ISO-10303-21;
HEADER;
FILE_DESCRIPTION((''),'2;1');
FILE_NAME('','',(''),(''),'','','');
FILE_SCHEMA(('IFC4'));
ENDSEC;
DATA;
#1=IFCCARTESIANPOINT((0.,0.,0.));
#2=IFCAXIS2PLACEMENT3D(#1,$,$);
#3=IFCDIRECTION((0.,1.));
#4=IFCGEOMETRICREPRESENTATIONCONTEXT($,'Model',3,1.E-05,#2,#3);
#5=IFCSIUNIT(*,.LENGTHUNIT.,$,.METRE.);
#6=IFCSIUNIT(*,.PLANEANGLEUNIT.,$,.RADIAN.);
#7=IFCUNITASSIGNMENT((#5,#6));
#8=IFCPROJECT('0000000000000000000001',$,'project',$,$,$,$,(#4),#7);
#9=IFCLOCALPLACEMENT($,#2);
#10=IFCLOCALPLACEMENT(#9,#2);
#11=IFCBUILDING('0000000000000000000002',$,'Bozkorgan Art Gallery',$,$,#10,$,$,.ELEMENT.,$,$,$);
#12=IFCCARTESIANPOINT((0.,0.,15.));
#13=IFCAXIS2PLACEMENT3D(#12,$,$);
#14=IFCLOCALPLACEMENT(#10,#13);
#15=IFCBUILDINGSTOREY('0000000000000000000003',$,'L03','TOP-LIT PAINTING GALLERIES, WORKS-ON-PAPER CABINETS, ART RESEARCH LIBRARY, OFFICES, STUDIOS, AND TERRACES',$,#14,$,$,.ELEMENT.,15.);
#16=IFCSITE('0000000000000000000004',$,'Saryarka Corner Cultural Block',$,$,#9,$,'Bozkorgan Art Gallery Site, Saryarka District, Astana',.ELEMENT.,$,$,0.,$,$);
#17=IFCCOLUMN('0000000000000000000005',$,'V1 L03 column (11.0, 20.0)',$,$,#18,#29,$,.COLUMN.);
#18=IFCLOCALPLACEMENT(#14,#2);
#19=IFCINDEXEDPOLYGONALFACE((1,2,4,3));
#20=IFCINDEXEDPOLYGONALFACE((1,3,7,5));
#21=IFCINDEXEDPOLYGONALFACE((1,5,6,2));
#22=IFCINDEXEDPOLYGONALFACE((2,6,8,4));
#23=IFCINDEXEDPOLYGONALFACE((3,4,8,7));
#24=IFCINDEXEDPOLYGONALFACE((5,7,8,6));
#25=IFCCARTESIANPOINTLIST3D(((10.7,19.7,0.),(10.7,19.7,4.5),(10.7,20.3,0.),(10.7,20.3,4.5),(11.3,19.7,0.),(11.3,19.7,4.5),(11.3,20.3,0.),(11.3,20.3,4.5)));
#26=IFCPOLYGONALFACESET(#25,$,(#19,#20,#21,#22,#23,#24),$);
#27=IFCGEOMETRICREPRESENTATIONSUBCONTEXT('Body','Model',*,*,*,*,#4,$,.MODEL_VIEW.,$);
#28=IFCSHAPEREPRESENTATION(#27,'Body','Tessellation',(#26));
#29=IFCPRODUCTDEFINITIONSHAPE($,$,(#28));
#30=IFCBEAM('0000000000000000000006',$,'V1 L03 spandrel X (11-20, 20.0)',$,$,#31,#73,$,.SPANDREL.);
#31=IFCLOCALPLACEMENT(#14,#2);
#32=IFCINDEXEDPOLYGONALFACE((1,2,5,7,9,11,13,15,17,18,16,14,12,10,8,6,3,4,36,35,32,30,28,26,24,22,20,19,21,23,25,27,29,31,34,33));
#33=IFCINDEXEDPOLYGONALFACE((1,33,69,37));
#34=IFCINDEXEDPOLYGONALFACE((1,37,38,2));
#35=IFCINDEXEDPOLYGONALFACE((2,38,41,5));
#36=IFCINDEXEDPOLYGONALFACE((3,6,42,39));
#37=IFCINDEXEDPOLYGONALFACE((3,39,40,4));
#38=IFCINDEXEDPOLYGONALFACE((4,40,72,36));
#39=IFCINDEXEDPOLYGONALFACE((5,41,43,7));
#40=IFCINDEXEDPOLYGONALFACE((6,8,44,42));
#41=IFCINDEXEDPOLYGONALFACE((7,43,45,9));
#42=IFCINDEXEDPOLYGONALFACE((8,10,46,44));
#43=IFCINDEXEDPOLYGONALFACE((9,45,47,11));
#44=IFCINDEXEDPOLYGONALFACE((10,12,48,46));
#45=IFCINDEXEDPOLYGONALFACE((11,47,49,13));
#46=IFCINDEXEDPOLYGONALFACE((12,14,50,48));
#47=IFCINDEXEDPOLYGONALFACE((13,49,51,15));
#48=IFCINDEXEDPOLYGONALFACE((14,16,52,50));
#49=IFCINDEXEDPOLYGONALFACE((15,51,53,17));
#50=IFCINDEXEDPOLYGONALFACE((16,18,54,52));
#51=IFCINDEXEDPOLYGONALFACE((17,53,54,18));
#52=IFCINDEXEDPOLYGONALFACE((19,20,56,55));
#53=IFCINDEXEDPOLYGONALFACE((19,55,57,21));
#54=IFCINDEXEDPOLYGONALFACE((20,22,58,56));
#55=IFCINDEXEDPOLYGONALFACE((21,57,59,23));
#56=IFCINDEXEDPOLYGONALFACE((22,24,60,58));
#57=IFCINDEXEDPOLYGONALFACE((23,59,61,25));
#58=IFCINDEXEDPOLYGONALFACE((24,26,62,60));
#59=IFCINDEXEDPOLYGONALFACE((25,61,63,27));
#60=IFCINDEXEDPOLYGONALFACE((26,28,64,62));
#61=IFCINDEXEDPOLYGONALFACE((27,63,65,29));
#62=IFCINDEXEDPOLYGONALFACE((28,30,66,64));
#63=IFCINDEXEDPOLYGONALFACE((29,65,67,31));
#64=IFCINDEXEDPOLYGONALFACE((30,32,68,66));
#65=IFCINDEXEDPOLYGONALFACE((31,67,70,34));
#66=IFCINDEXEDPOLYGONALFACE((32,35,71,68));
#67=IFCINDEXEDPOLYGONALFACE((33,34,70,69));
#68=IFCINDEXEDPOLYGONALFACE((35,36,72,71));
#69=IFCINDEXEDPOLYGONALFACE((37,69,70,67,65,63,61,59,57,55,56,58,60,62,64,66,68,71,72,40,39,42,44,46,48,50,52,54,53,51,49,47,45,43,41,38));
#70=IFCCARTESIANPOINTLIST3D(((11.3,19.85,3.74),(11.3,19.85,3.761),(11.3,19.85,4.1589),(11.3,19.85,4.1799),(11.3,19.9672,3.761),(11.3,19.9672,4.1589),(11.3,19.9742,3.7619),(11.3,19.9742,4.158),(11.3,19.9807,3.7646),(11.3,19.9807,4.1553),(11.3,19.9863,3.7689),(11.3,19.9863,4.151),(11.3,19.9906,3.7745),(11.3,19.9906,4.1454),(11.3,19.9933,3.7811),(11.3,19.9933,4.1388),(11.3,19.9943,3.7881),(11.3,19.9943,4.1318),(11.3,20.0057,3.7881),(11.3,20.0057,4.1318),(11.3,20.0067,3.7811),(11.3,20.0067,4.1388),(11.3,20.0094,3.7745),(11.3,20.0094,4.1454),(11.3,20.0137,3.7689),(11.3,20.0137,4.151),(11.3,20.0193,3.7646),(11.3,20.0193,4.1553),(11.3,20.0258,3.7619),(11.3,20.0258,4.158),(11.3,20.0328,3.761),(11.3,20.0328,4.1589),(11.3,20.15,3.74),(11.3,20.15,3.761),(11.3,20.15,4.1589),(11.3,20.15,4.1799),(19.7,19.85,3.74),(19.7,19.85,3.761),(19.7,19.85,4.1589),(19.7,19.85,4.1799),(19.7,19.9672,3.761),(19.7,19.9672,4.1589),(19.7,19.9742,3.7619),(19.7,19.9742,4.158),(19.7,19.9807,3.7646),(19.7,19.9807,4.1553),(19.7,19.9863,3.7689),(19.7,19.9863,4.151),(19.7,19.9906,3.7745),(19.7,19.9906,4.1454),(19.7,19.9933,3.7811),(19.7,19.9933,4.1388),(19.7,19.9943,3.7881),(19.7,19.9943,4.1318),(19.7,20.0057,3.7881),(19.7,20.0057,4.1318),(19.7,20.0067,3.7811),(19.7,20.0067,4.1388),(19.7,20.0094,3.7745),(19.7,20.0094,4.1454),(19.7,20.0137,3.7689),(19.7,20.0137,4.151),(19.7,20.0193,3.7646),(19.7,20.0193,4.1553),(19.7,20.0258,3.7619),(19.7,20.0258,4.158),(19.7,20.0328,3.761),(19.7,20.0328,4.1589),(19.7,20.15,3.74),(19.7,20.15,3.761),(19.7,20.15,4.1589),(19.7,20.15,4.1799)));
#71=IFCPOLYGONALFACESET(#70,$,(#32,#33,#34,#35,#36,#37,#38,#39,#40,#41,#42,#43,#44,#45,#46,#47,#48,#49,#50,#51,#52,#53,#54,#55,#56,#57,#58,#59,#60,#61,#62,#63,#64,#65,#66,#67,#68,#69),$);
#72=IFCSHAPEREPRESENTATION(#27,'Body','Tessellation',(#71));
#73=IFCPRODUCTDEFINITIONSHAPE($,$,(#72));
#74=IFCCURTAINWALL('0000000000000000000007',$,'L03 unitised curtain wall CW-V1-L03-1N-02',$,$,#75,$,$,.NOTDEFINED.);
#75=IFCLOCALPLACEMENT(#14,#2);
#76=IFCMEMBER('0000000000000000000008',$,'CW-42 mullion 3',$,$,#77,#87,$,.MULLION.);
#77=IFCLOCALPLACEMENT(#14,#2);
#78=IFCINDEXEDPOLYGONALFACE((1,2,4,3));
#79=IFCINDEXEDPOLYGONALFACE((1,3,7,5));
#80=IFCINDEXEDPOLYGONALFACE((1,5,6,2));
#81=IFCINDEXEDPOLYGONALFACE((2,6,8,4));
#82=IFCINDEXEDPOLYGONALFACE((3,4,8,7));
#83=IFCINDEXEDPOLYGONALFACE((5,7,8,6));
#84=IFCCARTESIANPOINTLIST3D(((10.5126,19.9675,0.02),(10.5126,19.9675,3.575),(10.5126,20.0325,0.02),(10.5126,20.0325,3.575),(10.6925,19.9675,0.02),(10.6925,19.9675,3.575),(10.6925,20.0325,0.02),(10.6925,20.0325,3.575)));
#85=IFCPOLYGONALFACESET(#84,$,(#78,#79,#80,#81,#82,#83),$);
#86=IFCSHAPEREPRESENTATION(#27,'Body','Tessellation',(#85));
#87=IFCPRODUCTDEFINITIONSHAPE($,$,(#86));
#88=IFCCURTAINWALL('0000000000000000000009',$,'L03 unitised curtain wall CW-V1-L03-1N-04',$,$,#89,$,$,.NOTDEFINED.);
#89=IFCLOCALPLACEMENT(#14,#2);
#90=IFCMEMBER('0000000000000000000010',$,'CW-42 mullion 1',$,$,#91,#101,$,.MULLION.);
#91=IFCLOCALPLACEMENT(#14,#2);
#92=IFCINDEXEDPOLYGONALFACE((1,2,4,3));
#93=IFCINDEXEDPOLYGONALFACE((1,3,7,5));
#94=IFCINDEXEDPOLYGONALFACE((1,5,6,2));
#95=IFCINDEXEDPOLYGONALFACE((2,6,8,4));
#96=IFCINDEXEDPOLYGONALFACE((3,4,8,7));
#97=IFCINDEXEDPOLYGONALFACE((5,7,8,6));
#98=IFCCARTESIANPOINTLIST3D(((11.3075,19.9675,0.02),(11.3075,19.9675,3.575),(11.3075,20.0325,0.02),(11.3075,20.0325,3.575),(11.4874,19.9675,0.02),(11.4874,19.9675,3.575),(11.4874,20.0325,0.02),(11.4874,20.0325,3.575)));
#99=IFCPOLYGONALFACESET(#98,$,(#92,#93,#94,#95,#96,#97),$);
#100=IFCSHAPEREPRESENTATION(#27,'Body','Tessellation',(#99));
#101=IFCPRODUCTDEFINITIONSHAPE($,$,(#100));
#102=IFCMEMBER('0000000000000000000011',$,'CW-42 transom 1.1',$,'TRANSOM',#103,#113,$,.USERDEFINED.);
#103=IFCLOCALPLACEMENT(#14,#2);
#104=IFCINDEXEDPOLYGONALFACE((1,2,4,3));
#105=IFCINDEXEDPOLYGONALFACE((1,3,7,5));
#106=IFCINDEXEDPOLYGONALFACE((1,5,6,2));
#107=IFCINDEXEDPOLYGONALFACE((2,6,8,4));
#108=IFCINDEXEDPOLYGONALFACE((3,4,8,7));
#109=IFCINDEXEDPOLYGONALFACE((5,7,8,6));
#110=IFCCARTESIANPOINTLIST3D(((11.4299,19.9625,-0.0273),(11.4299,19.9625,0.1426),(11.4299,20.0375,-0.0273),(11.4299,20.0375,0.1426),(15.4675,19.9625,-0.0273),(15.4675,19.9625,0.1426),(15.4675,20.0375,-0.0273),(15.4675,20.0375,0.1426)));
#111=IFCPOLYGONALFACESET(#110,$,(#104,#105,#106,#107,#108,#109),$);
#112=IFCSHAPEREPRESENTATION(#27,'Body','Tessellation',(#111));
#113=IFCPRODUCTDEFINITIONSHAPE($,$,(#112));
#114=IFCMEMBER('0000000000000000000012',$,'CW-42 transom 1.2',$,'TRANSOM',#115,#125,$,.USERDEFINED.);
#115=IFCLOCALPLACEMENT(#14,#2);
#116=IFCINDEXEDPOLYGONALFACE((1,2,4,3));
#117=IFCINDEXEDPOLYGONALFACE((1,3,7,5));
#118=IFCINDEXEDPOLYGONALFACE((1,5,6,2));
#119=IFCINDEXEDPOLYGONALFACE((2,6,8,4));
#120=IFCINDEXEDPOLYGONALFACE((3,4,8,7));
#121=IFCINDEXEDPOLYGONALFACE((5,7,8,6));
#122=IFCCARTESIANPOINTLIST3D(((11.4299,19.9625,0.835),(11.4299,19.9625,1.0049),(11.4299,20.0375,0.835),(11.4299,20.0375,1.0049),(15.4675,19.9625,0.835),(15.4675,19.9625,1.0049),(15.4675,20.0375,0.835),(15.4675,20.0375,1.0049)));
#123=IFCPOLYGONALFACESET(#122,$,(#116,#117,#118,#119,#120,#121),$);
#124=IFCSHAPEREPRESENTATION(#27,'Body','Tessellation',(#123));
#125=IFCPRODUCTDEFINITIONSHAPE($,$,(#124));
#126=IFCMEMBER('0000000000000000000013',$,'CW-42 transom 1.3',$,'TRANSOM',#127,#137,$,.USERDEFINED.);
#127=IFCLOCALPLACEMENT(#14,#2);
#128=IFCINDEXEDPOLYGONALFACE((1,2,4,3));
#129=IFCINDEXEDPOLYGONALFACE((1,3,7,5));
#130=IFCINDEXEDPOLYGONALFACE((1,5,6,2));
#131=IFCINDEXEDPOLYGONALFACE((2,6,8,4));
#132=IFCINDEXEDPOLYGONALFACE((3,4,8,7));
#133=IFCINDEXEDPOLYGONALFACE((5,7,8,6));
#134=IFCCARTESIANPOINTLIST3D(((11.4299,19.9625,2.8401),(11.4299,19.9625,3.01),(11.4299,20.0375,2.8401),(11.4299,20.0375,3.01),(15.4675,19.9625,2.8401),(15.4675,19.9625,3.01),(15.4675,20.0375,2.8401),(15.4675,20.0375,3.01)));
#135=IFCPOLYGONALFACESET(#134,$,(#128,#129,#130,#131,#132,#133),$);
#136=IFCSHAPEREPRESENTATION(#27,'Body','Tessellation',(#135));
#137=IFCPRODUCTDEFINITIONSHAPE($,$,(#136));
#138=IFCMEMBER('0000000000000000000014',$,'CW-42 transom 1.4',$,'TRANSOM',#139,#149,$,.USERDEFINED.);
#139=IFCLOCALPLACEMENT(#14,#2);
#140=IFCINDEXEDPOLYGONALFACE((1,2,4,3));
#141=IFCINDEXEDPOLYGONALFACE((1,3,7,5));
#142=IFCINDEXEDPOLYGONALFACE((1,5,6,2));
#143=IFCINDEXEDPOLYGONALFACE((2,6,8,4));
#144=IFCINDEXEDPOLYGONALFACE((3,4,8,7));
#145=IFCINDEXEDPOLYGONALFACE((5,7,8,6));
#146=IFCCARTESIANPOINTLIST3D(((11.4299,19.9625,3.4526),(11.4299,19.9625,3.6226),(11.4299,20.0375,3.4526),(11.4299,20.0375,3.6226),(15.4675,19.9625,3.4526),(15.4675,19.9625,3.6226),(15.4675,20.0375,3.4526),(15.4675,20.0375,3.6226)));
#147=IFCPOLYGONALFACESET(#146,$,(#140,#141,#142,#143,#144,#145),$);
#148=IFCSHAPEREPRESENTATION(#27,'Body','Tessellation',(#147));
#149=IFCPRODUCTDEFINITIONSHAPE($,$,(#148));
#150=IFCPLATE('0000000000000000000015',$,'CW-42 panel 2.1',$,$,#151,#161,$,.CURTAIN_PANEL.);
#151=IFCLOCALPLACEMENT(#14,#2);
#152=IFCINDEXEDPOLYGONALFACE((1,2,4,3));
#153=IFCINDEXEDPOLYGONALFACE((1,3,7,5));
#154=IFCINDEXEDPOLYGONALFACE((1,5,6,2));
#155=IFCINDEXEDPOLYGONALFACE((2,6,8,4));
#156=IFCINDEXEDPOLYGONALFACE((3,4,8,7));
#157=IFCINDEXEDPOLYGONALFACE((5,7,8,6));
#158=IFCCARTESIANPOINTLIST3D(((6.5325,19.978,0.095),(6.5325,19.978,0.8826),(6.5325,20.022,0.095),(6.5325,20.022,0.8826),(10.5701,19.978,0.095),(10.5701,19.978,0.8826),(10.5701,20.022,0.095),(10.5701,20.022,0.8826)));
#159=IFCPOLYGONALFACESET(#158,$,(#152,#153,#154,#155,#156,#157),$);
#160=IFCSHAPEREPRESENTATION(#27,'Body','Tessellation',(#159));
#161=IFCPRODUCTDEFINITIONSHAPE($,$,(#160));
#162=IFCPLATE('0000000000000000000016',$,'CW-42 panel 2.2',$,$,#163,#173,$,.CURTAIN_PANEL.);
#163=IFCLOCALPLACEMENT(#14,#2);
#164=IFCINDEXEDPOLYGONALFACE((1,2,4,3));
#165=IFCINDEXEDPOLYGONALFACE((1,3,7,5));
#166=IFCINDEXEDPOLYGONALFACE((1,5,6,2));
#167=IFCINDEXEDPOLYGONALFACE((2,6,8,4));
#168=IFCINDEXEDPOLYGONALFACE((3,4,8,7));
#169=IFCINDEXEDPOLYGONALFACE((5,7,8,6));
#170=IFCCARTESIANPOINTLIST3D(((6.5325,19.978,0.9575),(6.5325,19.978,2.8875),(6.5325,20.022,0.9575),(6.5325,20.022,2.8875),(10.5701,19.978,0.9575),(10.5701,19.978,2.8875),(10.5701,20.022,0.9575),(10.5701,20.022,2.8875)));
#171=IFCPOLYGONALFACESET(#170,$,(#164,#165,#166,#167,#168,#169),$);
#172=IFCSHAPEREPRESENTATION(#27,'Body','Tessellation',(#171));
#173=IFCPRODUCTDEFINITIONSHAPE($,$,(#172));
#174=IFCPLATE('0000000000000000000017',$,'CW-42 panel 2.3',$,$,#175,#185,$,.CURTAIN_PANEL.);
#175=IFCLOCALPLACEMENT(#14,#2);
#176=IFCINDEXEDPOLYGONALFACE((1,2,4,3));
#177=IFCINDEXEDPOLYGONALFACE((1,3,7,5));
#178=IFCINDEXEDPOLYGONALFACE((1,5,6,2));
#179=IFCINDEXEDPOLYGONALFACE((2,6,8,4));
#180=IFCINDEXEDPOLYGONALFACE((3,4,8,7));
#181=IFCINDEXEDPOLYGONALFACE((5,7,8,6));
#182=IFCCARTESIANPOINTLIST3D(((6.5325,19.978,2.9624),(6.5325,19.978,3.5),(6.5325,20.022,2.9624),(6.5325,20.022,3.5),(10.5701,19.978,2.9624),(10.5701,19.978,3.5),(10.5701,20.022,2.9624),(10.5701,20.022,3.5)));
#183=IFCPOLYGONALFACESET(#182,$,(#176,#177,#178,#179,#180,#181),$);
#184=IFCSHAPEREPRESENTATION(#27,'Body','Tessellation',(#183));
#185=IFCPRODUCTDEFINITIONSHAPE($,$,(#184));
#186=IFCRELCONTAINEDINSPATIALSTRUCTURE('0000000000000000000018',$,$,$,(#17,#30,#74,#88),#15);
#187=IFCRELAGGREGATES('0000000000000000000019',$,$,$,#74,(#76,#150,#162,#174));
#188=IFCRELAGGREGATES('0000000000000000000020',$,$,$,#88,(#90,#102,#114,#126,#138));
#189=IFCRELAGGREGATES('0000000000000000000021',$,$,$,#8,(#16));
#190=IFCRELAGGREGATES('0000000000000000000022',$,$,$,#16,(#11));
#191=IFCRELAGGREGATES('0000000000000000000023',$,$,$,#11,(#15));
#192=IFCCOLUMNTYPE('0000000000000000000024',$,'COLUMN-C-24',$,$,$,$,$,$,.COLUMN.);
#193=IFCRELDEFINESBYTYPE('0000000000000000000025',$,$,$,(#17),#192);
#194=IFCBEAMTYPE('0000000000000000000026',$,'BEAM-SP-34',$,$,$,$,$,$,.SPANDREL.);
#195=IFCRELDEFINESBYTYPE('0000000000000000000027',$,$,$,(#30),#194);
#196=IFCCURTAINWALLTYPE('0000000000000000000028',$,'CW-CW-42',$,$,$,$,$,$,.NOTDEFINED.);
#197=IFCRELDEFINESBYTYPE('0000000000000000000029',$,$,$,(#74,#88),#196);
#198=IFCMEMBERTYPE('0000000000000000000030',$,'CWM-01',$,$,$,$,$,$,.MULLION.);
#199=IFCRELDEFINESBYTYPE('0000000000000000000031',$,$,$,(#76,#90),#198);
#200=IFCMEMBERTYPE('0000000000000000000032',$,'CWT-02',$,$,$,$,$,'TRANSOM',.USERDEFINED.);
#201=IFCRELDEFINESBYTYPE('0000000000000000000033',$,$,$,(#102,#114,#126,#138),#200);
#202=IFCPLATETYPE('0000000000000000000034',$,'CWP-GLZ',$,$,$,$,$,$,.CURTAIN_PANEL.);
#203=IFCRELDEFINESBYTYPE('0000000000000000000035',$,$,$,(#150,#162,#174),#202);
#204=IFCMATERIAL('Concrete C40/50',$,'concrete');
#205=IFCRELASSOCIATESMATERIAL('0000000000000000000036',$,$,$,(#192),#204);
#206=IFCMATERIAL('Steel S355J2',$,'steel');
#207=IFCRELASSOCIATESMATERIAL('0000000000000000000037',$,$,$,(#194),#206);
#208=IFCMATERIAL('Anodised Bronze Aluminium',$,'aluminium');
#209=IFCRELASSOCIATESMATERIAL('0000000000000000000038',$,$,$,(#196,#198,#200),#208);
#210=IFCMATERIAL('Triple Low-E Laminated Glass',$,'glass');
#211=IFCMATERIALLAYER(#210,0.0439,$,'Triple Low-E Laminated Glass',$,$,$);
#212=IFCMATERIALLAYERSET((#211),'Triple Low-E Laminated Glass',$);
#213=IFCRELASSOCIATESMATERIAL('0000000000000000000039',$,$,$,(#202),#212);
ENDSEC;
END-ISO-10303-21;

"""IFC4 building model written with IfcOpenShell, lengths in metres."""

from ifc_helpers import new_model, si_unit, direction, frame, origin, origin_2d, place, context, subcontext, project, spatial, rectangle, i_section, extrude, material, layer, layer_set, material_profile, profile_set, type_object, element, aggregate, save


model = new_model("IFC4")

# Units and contexts
model_context = context("Model", 3, precision=1e-05, world=origin(), true_north=direction((0.0, 1.0)))
body_context = subcontext(model_context, "Body", "Model", "MODEL_VIEW")
ifc_project = project(units=[si_unit("LENGTHUNIT", "METRE"), si_unit("PLANEANGLEUNIT", "RADIAN")], contexts=[model_context])

# Site, building, storey
site_placement = place(None, origin())
site = spatial("IfcSite", under=ifc_project, at=site_placement, Name="Saryarka Corner Cultural Block", LongName="Bozkorgan Art Gallery Site, Saryarka District, Astana", CompositionType="ELEMENT", RefElevation=0.0)
building_placement = place(site_placement, origin())
building = spatial("IfcBuilding", under=site, at=building_placement, Name="Bozkorgan Art Gallery", CompositionType="ELEMENT")
storey_placement = place(building_placement, frame((0.0, 0.0, 15.0)))
storey = spatial("IfcBuildingStorey", under=building, at=storey_placement, Name="L03", Description="TOP-LIT PAINTING GALLERIES, WORKS-ON-PAPER CABINETS, ART RESEARCH LIBRARY, OFFICES, STUDIOS, AND TERRACES", CompositionType="ELEMENT", Elevation=15.0)

# Column
ifc_material_1 = material(Name="Concrete C40/50", Category="concrete")
ifc_material_profile_1 = material_profile(ifc_material_1, rectangle(XDim=0.6001, YDim=0.6001, at=origin_2d()), Name="RC 600x600")
ifc_profile_set_1 = profile_set([ifc_material_profile_1], Name="Concrete C40/50")
column_type = type_object("IfcColumnType", Name="COLUMN-C-24", PredefinedType="COLUMN", material=ifc_profile_set_1)
column_placement = place(storey_placement, frame((11.0, 20.0, 0.0), z_axis=(0.0, 0.0, 1.0), x_axis=(1.0, 0.0, 0.0)))
element("IfcColumn", 1, at=column_placement, inside=storey, type_object=column_type, Name="V1 L03 column (11.0, 20.0)", PredefinedType="COLUMN", context=body_context, shape_type="SweptSolid", body=[
    extrude(rectangle(XDim=0.6001, YDim=0.6001, at=origin_2d()), origin(), (0.0, 0.0, 1.0), 4.5),
])

# Beam
ifc_material_2 = material(Name="Steel S355J2", Category="steel")
ifc_material_profile_2 = material_profile(ifc_material_2, i_section(OverallWidth=0.3, OverallDepth=0.4399, WebThickness=0.0115, FlangeThickness=0.021, FilletRadius=0.0271, at=origin_2d()), Name="HEA 450")
ifc_profile_set_2 = profile_set([ifc_material_profile_2], Name="Steel S355J2")
beam_type = type_object("IfcBeamType", Name="BEAM-SP-34", PredefinedType="SPANDREL", material=ifc_profile_set_2)
beam_placement = place(storey_placement, frame((11.3, 20.0, 3.96), z_axis=(1.0, 0.0, 0.0), x_axis=(0.0, 1.0, 0.0)))
element("IfcBeam", 2, at=beam_placement, inside=storey, type_object=beam_type, Name="V1 L03 spandrel X (11-20, 20.0)", PredefinedType="SPANDREL", context=body_context, shape_type="SweptSolid", body=[
    extrude(i_section(OverallWidth=0.3, OverallDepth=0.4399, WebThickness=0.0115, FlangeThickness=0.021, FilletRadius=0.0271, at=origin_2d()), origin(), (0.0, 0.0, 1.0), 8.3999),
])

# Curtain wall, member
ifc_material_3 = material(Name="Anodised Bronze Aluminium", Category="aluminium")
curtain_wall_type = type_object("IfcCurtainWallType", Name="CW-CW-42", PredefinedType="NOTDEFINED", material=ifc_material_3)
curtain_wall_1_placement = place(storey_placement, origin())
curtain_wall_1 = element("IfcCurtainWall", 3, at=curtain_wall_1_placement, inside=storey, type_object=curtain_wall_type, Name="L03 unitised curtain wall CW-V1-L03-1N-02", PredefinedType="NOTDEFINED")
ifc_material_profile_3 = material_profile(ifc_material_3, rectangle(XDim=0.0649, YDim=0.1799, at=origin_2d()), Name="ALU MULLION 65x180")
ifc_profile_set_3 = profile_set([ifc_material_profile_3], Name="Anodised Bronze Aluminium")
member_type_1 = type_object("IfcMemberType", Name="CWM-01", PredefinedType="MULLION", material=ifc_profile_set_3)
member_1_placement = place(storey_placement, frame((10.6025, 20.0, 0.02), z_axis=(0.0, 0.0, 1.0), x_axis=(0.0, 1.0, 0.0)))
member_1 = element("IfcMember", 4, at=member_1_placement, type_object=member_type_1, Name="CW-42 mullion 3", PredefinedType="MULLION", context=body_context, shape_type="SweptSolid", body=[
    extrude(rectangle(XDim=0.0649, YDim=0.1799, at=origin_2d()), origin(), (0.0, 0.0, 1.0), 3.5549),
])

# Curtain wall, members
curtain_wall_2_placement = place(storey_placement, origin())
curtain_wall_2 = element("IfcCurtainWall", 5, at=curtain_wall_2_placement, inside=storey, type_object=curtain_wall_type, Name="L03 unitised curtain wall CW-V1-L03-1N-04", PredefinedType="NOTDEFINED")
member_2_placement = place(storey_placement, frame((11.3975, 20.0, 0.02), z_axis=(0.0, 0.0, 1.0), x_axis=(0.0, 1.0, 0.0)))
member_2 = element("IfcMember", 6, at=member_2_placement, type_object=member_type_1, Name="CW-42 mullion 1", PredefinedType="MULLION", context=body_context, shape_type="SweptSolid", body=[
    extrude(rectangle(XDim=0.0649, YDim=0.1799, at=origin_2d()), origin(), (0.0, 0.0, 1.0), 3.5549),
])
ifc_material_profile_4 = material_profile(ifc_material_3, rectangle(XDim=0.075, YDim=0.1699, at=origin_2d()), Name="ALU TRANSOM 75x170")
ifc_profile_set_4 = profile_set([ifc_material_profile_4], Name="Anodised Bronze Aluminium")
member_type_2 = type_object("IfcMemberType", Name="CWT-02", ElementType="TRANSOM", PredefinedType="USERDEFINED", material=ifc_profile_set_4)
member_3_placement = place(storey_placement, frame((11.4299, 20.0, 0.0576), z_axis=(1.0, 0.0, 0.0), x_axis=(0.0, 1.0, 0.0)))
member_3 = element("IfcMember", 7, at=member_3_placement, type_object=member_type_2, Name="CW-42 transom 1.1", ObjectType="TRANSOM", PredefinedType="USERDEFINED", context=body_context, shape_type="SweptSolid", body=[
    extrude(rectangle(XDim=0.075, YDim=0.1699, at=origin_2d()), origin(), (0.0, 0.0, 1.0), 4.0376),
])
member_4_placement = place(storey_placement, frame((11.4299, 20.0, 0.9199), z_axis=(1.0, 0.0, 0.0), x_axis=(0.0, 1.0, 0.0)))
member_4 = element("IfcMember", 8, at=member_4_placement, type_object=member_type_2, Name="CW-42 transom 1.2", ObjectType="TRANSOM", PredefinedType="USERDEFINED", context=body_context, shape_type="SweptSolid", body=[
    extrude(rectangle(XDim=0.075, YDim=0.1699, at=origin_2d()), origin(), (0.0, 0.0, 1.0), 4.0376),
])
member_5_placement = place(storey_placement, frame((11.4299, 20.0, 2.925), z_axis=(1.0, 0.0, 0.0), x_axis=(0.0, 1.0, 0.0)))
member_5 = element("IfcMember", 9, at=member_5_placement, type_object=member_type_2, Name="CW-42 transom 1.3", ObjectType="TRANSOM", PredefinedType="USERDEFINED", context=body_context, shape_type="SweptSolid", body=[
    extrude(rectangle(XDim=0.075, YDim=0.1699, at=origin_2d()), origin(), (0.0, 0.0, 1.0), 4.0376),
])
member_6_placement = place(storey_placement, frame((11.4299, 20.0, 3.5376), z_axis=(1.0, 0.0, 0.0), x_axis=(0.0, 1.0, 0.0)))
member_6 = element("IfcMember", 10, at=member_6_placement, type_object=member_type_2, Name="CW-42 transom 1.4", ObjectType="TRANSOM", PredefinedType="USERDEFINED", context=body_context, shape_type="SweptSolid", body=[
    extrude(rectangle(XDim=0.075, YDim=0.1699, at=origin_2d()), origin(), (0.0, 0.0, 1.0), 4.0376),
])

# Plates
ifc_material_4 = material(Name="Triple Low-E Laminated Glass", Category="glass")
ifc_layer = layer(ifc_material_4, 0.0439, Name="Triple Low-E Laminated Glass")
ifc_layer_set = layer_set([ifc_layer], Name="Triple Low-E Laminated Glass")
plate_type = type_object("IfcPlateType", Name="CWP-GLZ", PredefinedType="CURTAIN_PANEL", material=ifc_layer_set)
plate_1_placement = place(storey_placement, frame((8.5513, 20.0, 0.095), z_axis=(0.0, 0.0, 1.0), x_axis=(1.0, 0.0, 0.0)))
plate_1 = element("IfcPlate", 11, at=plate_1_placement, type_object=plate_type, Name="CW-42 panel 2.1", PredefinedType="CURTAIN_PANEL", context=body_context, shape_type="SweptSolid", body=[
    extrude(rectangle(XDim=4.0376, YDim=0.0439, at=origin_2d()), origin(), (0.0, 0.0, 1.0), 0.7876),
])
plate_2_placement = place(storey_placement, frame((8.5513, 20.0, 0.9575), z_axis=(0.0, 0.0, 1.0), x_axis=(1.0, 0.0, 0.0)))
plate_2 = element("IfcPlate", 12, at=plate_2_placement, type_object=plate_type, Name="CW-42 panel 2.2", PredefinedType="CURTAIN_PANEL", context=body_context, shape_type="SweptSolid", body=[
    extrude(rectangle(XDim=4.0376, YDim=0.0439, at=origin_2d()), origin(), (0.0, 0.0, 1.0), 1.9299),
])
plate_3_placement = place(storey_placement, frame((8.5513, 20.0, 2.9624), z_axis=(0.0, 0.0, 1.0), x_axis=(1.0, 0.0, 0.0)))
plate_3 = element("IfcPlate", 13, at=plate_3_placement, type_object=plate_type, Name="CW-42 panel 2.3", PredefinedType="CURTAIN_PANEL", context=body_context, shape_type="SweptSolid", body=[
    extrude(rectangle(XDim=4.0376, YDim=0.0439, at=origin_2d()), origin(), (0.0, 0.0, 1.0), 0.5376),
])
aggregate(curtain_wall_1, [member_1, plate_1, plate_2, plate_3])
aggregate(curtain_wall_2, [member_2, member_3, member_4, member_5, member_6])

save(model, "model.ifc")
